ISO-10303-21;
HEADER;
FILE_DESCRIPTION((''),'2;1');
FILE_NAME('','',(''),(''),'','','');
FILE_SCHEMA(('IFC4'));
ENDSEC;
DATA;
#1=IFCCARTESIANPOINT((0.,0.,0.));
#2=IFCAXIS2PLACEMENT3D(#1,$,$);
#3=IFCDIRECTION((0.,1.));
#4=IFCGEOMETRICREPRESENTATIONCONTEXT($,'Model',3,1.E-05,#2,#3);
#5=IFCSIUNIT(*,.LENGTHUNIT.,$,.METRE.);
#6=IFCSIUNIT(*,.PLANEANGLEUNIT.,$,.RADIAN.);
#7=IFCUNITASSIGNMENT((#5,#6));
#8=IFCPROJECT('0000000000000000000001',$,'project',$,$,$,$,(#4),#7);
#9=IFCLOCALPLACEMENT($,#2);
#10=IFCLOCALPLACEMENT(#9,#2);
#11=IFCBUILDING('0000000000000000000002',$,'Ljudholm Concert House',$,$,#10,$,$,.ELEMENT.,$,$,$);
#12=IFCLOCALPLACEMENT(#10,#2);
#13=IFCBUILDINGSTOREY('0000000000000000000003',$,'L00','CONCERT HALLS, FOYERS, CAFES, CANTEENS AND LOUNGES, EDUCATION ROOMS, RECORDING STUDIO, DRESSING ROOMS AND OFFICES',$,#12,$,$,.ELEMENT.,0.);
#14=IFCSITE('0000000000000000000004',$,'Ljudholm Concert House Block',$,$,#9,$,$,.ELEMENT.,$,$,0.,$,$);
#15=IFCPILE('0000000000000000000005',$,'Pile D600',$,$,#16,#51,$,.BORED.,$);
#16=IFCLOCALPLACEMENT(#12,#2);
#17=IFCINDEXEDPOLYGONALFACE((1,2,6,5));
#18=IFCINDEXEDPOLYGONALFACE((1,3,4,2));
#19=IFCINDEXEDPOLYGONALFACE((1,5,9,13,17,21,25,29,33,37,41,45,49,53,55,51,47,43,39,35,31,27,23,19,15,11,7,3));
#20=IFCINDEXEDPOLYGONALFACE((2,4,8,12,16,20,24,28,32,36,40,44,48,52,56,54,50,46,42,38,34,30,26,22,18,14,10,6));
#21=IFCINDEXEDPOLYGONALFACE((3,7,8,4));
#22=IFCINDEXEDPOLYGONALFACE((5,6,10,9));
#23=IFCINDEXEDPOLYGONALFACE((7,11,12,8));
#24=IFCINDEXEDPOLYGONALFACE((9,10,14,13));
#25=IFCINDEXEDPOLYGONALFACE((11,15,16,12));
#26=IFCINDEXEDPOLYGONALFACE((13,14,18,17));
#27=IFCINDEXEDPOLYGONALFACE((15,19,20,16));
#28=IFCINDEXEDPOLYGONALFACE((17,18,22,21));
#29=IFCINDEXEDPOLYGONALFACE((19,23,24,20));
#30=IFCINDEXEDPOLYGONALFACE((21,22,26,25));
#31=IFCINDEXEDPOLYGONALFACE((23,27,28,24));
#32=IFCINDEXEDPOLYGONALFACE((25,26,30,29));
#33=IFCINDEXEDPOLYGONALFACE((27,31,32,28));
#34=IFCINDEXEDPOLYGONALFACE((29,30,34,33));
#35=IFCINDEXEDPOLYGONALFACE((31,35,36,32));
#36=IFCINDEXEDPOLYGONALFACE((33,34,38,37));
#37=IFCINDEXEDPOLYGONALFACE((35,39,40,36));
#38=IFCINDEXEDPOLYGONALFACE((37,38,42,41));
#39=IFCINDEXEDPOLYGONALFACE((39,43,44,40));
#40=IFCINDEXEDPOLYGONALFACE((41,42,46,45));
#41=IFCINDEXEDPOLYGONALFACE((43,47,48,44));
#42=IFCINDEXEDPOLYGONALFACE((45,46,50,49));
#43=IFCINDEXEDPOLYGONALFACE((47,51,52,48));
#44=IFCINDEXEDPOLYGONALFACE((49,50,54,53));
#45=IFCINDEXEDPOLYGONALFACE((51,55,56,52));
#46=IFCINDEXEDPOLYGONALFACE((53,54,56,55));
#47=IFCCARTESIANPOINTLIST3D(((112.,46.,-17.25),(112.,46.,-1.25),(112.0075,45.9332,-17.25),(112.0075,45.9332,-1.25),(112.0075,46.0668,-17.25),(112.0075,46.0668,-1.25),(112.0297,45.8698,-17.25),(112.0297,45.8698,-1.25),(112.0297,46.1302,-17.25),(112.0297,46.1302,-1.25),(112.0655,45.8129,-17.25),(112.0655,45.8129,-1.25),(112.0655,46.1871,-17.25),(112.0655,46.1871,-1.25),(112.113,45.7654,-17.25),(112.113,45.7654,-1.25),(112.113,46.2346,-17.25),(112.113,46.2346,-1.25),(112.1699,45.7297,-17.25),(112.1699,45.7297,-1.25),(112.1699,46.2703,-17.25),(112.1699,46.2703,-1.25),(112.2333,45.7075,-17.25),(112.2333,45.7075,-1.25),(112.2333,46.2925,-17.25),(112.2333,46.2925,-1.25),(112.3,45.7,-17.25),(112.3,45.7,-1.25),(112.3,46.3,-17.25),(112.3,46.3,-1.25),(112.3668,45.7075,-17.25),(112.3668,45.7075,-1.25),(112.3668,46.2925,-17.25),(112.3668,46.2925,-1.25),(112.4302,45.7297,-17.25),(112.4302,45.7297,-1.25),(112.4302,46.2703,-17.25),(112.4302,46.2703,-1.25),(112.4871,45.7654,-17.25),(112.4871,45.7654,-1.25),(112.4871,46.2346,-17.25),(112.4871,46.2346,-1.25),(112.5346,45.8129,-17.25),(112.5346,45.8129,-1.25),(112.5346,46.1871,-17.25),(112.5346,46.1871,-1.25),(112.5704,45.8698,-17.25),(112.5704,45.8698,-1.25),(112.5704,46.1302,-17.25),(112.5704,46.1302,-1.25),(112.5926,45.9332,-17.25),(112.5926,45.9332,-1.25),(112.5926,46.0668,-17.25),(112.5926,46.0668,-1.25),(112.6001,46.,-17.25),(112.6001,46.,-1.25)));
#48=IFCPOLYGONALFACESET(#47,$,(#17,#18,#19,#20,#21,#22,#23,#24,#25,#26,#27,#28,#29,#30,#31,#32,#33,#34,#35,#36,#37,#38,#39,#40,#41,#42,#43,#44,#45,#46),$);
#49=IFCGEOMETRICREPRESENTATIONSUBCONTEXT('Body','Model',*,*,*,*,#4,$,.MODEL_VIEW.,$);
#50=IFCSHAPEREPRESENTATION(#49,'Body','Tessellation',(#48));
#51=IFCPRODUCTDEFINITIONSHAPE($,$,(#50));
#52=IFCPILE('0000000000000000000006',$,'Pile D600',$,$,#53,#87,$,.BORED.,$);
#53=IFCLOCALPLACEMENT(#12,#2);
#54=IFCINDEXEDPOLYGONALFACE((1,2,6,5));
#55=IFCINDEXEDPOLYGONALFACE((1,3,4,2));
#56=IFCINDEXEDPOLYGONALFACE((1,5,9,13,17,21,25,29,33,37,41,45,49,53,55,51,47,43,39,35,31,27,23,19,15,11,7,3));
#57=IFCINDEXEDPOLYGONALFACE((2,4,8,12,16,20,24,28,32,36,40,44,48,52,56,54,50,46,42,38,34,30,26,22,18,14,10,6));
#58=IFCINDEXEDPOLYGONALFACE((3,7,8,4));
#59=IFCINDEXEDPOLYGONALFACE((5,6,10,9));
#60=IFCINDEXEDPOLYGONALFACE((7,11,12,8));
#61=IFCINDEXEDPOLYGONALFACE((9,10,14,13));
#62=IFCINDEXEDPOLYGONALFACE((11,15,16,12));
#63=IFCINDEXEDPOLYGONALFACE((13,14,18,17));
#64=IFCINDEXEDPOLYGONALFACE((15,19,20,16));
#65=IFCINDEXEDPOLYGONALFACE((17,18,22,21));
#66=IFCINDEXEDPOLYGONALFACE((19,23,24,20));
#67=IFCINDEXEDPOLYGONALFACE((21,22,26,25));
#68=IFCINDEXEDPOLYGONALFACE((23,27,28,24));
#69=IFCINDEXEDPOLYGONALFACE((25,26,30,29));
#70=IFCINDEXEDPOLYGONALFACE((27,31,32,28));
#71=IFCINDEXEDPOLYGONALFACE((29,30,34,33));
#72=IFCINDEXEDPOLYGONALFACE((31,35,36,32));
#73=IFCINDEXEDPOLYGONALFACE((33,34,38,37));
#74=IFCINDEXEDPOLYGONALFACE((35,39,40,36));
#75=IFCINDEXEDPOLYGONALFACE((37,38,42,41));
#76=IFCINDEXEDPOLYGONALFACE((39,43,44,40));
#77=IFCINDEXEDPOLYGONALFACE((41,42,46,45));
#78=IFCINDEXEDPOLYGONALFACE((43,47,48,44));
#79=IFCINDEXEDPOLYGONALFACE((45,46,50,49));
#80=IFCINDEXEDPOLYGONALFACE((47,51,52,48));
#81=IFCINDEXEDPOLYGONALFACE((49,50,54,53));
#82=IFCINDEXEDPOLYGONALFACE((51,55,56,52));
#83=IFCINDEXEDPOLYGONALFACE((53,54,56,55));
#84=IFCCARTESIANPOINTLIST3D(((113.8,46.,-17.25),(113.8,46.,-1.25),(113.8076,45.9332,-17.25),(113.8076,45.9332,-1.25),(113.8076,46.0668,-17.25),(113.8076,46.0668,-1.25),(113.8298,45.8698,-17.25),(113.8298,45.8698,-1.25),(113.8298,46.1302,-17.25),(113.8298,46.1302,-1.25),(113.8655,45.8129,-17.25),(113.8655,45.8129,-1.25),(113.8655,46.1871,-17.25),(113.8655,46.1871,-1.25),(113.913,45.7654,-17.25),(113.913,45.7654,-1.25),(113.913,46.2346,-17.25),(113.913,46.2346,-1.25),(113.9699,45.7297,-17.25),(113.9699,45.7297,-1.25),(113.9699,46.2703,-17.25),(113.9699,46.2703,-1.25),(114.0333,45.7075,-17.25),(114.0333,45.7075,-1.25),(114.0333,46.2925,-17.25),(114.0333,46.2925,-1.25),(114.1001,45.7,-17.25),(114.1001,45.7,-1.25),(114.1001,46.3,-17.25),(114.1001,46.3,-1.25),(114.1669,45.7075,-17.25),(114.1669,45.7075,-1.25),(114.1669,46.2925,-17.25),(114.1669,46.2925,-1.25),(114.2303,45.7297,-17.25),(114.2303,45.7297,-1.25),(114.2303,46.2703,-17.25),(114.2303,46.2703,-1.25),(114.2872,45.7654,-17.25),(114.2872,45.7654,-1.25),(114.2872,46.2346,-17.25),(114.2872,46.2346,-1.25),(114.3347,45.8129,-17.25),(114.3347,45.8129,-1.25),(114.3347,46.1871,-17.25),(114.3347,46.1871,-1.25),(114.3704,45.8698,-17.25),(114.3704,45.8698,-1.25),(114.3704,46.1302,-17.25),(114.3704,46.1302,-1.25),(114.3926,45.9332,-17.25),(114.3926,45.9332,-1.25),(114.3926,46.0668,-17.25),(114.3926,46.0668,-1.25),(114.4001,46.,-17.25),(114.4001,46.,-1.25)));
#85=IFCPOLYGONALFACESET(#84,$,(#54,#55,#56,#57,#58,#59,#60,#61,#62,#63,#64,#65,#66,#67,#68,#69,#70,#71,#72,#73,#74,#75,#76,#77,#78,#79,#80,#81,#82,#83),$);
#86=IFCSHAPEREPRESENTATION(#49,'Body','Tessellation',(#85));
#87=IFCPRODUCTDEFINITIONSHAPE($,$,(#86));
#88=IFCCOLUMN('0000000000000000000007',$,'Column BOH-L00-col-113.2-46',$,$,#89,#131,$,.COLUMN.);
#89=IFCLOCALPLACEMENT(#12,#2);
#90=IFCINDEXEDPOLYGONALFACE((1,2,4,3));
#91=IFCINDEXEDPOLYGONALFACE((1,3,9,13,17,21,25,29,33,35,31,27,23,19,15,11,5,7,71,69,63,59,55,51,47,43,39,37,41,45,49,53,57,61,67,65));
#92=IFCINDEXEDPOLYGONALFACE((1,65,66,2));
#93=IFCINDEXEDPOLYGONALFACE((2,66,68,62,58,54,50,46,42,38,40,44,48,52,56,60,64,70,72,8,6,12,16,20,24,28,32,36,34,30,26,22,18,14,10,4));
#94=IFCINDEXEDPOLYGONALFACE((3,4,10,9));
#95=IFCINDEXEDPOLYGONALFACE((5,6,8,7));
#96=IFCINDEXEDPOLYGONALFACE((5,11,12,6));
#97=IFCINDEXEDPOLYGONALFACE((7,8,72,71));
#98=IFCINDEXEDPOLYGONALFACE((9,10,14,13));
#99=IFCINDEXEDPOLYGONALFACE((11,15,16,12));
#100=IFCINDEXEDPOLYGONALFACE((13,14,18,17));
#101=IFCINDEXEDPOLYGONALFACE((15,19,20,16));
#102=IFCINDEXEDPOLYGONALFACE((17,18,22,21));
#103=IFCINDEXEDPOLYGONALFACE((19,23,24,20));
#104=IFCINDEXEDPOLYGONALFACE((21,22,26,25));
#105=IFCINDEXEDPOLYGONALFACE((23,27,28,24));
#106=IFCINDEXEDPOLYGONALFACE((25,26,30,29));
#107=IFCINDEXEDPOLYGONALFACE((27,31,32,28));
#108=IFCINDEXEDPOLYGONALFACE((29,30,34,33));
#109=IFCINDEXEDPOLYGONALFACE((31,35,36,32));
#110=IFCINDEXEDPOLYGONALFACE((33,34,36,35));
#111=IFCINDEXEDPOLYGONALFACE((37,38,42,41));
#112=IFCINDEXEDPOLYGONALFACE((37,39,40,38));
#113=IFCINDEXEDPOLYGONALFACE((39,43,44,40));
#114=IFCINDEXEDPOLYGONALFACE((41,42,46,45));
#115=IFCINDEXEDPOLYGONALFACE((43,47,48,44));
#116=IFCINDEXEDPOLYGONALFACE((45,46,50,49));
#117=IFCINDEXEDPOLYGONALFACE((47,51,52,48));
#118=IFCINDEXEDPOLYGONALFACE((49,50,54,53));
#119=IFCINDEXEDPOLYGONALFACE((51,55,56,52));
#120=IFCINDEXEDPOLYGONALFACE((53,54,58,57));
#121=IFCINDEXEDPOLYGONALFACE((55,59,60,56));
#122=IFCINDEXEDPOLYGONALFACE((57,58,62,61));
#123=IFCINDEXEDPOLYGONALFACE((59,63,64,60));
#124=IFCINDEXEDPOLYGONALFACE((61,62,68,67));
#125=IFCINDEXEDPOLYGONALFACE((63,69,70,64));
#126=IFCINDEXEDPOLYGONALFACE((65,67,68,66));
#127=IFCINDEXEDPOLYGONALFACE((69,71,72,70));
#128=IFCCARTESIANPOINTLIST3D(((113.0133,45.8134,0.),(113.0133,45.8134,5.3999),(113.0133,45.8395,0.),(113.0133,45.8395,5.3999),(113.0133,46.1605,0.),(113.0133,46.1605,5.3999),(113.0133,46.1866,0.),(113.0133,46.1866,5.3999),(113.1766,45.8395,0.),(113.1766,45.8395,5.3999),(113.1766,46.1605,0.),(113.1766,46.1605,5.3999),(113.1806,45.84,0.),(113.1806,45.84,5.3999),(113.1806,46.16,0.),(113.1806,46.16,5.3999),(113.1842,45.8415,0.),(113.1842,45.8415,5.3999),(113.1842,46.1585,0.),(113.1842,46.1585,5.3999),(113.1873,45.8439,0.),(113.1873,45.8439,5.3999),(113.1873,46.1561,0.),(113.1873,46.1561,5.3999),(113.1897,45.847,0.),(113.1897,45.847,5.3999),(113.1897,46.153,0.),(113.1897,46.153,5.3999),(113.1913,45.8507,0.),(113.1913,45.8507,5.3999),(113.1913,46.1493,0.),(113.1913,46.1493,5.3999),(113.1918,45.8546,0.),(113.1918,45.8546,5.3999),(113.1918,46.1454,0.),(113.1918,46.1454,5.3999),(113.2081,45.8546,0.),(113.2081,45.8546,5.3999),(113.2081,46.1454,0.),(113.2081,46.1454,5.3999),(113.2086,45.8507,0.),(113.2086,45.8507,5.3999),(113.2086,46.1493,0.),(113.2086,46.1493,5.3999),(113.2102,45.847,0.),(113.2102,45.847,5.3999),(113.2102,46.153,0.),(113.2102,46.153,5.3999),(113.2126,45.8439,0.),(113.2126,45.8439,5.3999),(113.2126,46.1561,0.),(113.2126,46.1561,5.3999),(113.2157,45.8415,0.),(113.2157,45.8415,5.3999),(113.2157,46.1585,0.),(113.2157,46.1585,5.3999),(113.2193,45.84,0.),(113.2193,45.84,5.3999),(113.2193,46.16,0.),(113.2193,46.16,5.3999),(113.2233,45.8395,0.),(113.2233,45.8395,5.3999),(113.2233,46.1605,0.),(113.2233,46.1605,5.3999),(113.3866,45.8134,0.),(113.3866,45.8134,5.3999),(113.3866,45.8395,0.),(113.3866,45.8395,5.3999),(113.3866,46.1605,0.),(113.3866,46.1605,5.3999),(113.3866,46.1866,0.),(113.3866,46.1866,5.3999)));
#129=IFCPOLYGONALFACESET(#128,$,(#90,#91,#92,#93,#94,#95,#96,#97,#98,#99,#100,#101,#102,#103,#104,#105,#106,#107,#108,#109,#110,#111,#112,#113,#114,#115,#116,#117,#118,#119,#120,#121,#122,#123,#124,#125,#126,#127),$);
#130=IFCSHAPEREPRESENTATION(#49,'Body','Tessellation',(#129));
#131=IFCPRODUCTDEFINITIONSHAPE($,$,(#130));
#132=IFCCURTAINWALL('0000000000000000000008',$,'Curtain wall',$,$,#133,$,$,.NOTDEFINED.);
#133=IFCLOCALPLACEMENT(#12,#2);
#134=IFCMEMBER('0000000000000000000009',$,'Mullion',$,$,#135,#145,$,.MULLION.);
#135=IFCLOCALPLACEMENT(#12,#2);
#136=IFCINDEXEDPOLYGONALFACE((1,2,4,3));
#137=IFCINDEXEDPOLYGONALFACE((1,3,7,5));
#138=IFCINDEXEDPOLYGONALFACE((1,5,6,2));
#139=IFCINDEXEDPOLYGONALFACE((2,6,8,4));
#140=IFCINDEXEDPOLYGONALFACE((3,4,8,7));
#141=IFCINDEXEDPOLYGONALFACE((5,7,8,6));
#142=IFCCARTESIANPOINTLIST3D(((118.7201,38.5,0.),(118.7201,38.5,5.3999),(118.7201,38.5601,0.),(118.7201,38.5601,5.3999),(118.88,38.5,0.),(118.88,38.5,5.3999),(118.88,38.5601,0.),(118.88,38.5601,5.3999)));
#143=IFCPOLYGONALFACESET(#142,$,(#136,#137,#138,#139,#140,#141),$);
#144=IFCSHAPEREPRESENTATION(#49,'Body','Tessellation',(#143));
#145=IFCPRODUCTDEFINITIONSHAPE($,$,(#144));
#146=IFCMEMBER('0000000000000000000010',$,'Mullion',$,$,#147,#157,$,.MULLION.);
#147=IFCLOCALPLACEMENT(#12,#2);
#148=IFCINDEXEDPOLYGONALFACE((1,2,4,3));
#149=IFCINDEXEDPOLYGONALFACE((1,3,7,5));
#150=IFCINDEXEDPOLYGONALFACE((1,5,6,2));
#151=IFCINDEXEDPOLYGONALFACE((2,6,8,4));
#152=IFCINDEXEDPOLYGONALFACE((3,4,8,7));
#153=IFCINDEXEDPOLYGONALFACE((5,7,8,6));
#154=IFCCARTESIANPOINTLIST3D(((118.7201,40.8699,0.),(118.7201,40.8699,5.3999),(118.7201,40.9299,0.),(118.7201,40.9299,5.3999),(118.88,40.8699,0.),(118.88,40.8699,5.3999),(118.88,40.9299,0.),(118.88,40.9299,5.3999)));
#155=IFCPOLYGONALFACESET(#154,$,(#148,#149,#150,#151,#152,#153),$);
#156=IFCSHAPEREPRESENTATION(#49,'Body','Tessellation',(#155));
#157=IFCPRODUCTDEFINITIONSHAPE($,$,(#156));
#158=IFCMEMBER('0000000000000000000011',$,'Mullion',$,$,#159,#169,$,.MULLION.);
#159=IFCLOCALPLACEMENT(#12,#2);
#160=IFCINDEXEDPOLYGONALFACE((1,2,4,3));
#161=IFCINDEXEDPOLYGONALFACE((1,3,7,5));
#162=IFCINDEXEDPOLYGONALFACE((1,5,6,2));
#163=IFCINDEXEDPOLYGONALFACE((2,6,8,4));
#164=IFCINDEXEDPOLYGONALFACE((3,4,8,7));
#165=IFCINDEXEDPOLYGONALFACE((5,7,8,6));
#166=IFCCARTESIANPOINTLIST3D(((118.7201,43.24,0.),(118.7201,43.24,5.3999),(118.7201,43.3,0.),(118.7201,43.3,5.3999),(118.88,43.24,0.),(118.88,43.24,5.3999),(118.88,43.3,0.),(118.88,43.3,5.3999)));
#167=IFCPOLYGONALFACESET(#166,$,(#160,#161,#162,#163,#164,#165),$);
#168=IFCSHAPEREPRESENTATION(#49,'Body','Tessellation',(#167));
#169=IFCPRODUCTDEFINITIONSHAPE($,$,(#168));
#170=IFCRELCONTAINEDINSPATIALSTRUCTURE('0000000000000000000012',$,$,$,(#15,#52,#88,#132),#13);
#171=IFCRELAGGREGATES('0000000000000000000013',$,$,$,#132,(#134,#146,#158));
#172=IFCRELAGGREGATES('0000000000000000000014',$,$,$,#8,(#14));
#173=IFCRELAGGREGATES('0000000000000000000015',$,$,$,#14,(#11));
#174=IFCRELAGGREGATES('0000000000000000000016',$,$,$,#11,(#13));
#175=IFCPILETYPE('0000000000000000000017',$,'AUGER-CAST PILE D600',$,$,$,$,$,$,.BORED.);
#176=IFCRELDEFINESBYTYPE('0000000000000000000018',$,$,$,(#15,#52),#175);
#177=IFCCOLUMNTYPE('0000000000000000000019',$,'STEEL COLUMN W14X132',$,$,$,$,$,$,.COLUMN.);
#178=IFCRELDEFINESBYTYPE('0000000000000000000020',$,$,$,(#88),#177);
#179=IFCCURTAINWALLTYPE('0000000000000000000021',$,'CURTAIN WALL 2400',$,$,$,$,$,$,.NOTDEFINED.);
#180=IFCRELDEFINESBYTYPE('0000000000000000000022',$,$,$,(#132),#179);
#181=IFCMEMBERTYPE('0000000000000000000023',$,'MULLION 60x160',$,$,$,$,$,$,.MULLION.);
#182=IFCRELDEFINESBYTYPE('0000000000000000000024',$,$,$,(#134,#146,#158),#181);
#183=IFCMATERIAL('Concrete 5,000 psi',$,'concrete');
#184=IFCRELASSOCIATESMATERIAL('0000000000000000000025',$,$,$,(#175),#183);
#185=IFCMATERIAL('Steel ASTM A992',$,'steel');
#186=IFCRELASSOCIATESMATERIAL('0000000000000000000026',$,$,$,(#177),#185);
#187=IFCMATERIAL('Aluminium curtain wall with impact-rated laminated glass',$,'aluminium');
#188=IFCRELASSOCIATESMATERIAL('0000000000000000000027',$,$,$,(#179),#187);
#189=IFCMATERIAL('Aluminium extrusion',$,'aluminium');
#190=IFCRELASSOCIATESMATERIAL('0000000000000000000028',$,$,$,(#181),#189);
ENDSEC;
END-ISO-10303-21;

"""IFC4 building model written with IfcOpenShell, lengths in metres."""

from ifc_helpers import new_model, si_unit, direction, frame, origin, origin_2d, place, context, subcontext, project, spatial, rectangle, circle, i_section, extrude, material, material_profile, profile_set, type_object, element, aggregate, save


model = new_model("IFC4")

# Units and contexts
model_context = context("Model", 3, precision=1e-05, world=origin(), true_north=direction((0.0, 1.0)))
body_context = subcontext(model_context, "Body", "Model", "MODEL_VIEW")
ifc_project = project(units=[si_unit("LENGTHUNIT", "METRE"), si_unit("PLANEANGLEUNIT", "RADIAN")], contexts=[model_context])

# Site, building, storey
site_placement = place(None, origin())
site = spatial("IfcSite", under=ifc_project, at=site_placement, Name="Ljudholm Concert House Block", CompositionType="ELEMENT", RefElevation=0.0)
building_placement = place(site_placement, origin())
building = spatial("IfcBuilding", under=site, at=building_placement, Name="Ljudholm Concert House", CompositionType="ELEMENT")
storey_placement = place(building_placement, origin())
storey = spatial("IfcBuildingStorey", under=building, at=storey_placement, Name="L00", Description="CONCERT HALLS, FOYERS, CAFES, CANTEENS AND LOUNGES, EDUCATION ROOMS, RECORDING STUDIO, DRESSING ROOMS AND OFFICES", CompositionType="ELEMENT", Elevation=0.0)

# Piles
ifc_material_1 = material(Name="Concrete 5,000 psi", Category="concrete")
ifc_material_profile_1 = material_profile(ifc_material_1, circle(Radius=0.3, at=origin_2d()), Name="AUGER-CAST PILE D600")
ifc_profile_set_1 = profile_set([ifc_material_profile_1], Name="Concrete 5,000 psi")
pile_type = type_object("IfcPileType", Name="AUGER-CAST PILE D600", PredefinedType="BORED", material=ifc_profile_set_1)
for number, where, z_axis, x_axis, name in (
    (1, (112.3, 46.0, -1.25), (0.0, 0.0, -1.0), (1.0, 0.0, 0.0), "Pile D600"),
    (2, (114.1001, 46.0, -1.25), (0.0, 0.0, -1.0), (1.0, 0.0, 0.0), "Pile D600"),
):
    element("IfcPile", number, at=place(storey_placement, frame(where, z_axis=z_axis, x_axis=x_axis)), inside=storey, type_object=pile_type, Name=name, PredefinedType="BORED", context=body_context, shape_type="SweptSolid", body=[
        extrude(circle(Radius=0.3, at=origin_2d()), origin(), (0.0, 0.0, 1.0), 16.0),
    ])

# Column
ifc_material_2 = material(Name="Steel ASTM A992", Category="steel")
ifc_material_profile_2 = material_profile(ifc_material_2, i_section(OverallWidth=0.3733, OverallDepth=0.3733, WebThickness=0.0164, FlangeThickness=0.0261, FilletRadius=0.0151, at=origin_2d()), Name="W14X132")
ifc_profile_set_2 = profile_set([ifc_material_profile_2], Name="Steel ASTM A992")
column_type = type_object("IfcColumnType", Name="STEEL COLUMN W14X132", PredefinedType="COLUMN", material=ifc_profile_set_2)
column_placement = place(storey_placement, frame((113.2, 46.0, 0.0), z_axis=(0.0, 0.0, 1.0), x_axis=(1.0, 0.0, 0.0)))
element("IfcColumn", 3, at=column_placement, inside=storey, type_object=column_type, Name="Column BOH-L00-col-113.2-46", PredefinedType="COLUMN", context=body_context, shape_type="SweptSolid", body=[
    extrude(i_section(OverallWidth=0.3733, OverallDepth=0.3733, WebThickness=0.0164, FlangeThickness=0.0261, FilletRadius=0.0151, at=origin_2d()), origin(), (0.0, 0.0, 1.0), 5.3999),
])

# Curtain wall, members
ifc_material_3 = material(Name="Aluminium curtain wall with impact-rated laminated glass", Category="aluminium")
curtain_wall_type = type_object("IfcCurtainWallType", Name="CURTAIN WALL 2400", PredefinedType="NOTDEFINED", material=ifc_material_3)
curtain_wall_placement = place(storey_placement, origin())
curtain_wall = element("IfcCurtainWall", 4, at=curtain_wall_placement, inside=storey, type_object=curtain_wall_type, Name="Curtain wall", PredefinedType="NOTDEFINED")
ifc_material_4 = material(Name="Aluminium extrusion", Category="aluminium")
ifc_material_profile_3 = material_profile(ifc_material_4, rectangle(XDim=0.1599, YDim=0.0601, at=origin_2d()), Name="MULLION 60x160")
ifc_profile_set_3 = profile_set([ifc_material_profile_3], Name="Aluminium extrusion")
member_type_1 = type_object("IfcMemberType", Name="MULLION 60x160", PredefinedType="MULLION", material=ifc_profile_set_3)
member_1_placement = place(storey_placement, frame((118.8, 38.53, 0.0), z_axis=(0.0, 0.0, 1.0), x_axis=(-1.0, 0.0, 0.0)))
member_1 = element("IfcMember", 5, at=member_1_placement, type_object=member_type_1, Name="Mullion", PredefinedType="MULLION", context=body_context, shape_type="SweptSolid", body=[
    extrude(rectangle(XDim=0.1599, YDim=0.0601, at=origin_2d()), origin(), (0.0, 0.0, 1.0), 5.3999),
])
member_2_placement = place(storey_placement, frame((118.8, 40.8999, 0.0), z_axis=(0.0, 0.0, 1.0), x_axis=(-1.0, 0.0, 0.0)))
member_2 = element("IfcMember", 6, at=member_2_placement, type_object=member_type_1, Name="Mullion", PredefinedType="MULLION", context=body_context, shape_type="SweptSolid", body=[
    extrude(rectangle(XDim=0.1599, YDim=0.0601, at=origin_2d()), origin(), (0.0, 0.0, 1.0), 5.3999),
])
member_3_placement = place(storey_placement, frame((118.8, 43.27, 0.0), z_axis=(0.0, 0.0, 1.0), x_axis=(-1.0, 0.0, 0.0)))
member_3 = element("IfcMember", 7, at=member_3_placement, type_object=member_type_1, Name="Mullion", PredefinedType="MULLION", context=body_context, shape_type="SweptSolid", body=[
    extrude(rectangle(XDim=0.1599, YDim=0.0601, at=origin_2d()), origin(), (0.0, 0.0, 1.0), 5.3999),
])

aggregate(curtain_wall, [member_1, member_2, member_3])

save(model, "model.ifc")
